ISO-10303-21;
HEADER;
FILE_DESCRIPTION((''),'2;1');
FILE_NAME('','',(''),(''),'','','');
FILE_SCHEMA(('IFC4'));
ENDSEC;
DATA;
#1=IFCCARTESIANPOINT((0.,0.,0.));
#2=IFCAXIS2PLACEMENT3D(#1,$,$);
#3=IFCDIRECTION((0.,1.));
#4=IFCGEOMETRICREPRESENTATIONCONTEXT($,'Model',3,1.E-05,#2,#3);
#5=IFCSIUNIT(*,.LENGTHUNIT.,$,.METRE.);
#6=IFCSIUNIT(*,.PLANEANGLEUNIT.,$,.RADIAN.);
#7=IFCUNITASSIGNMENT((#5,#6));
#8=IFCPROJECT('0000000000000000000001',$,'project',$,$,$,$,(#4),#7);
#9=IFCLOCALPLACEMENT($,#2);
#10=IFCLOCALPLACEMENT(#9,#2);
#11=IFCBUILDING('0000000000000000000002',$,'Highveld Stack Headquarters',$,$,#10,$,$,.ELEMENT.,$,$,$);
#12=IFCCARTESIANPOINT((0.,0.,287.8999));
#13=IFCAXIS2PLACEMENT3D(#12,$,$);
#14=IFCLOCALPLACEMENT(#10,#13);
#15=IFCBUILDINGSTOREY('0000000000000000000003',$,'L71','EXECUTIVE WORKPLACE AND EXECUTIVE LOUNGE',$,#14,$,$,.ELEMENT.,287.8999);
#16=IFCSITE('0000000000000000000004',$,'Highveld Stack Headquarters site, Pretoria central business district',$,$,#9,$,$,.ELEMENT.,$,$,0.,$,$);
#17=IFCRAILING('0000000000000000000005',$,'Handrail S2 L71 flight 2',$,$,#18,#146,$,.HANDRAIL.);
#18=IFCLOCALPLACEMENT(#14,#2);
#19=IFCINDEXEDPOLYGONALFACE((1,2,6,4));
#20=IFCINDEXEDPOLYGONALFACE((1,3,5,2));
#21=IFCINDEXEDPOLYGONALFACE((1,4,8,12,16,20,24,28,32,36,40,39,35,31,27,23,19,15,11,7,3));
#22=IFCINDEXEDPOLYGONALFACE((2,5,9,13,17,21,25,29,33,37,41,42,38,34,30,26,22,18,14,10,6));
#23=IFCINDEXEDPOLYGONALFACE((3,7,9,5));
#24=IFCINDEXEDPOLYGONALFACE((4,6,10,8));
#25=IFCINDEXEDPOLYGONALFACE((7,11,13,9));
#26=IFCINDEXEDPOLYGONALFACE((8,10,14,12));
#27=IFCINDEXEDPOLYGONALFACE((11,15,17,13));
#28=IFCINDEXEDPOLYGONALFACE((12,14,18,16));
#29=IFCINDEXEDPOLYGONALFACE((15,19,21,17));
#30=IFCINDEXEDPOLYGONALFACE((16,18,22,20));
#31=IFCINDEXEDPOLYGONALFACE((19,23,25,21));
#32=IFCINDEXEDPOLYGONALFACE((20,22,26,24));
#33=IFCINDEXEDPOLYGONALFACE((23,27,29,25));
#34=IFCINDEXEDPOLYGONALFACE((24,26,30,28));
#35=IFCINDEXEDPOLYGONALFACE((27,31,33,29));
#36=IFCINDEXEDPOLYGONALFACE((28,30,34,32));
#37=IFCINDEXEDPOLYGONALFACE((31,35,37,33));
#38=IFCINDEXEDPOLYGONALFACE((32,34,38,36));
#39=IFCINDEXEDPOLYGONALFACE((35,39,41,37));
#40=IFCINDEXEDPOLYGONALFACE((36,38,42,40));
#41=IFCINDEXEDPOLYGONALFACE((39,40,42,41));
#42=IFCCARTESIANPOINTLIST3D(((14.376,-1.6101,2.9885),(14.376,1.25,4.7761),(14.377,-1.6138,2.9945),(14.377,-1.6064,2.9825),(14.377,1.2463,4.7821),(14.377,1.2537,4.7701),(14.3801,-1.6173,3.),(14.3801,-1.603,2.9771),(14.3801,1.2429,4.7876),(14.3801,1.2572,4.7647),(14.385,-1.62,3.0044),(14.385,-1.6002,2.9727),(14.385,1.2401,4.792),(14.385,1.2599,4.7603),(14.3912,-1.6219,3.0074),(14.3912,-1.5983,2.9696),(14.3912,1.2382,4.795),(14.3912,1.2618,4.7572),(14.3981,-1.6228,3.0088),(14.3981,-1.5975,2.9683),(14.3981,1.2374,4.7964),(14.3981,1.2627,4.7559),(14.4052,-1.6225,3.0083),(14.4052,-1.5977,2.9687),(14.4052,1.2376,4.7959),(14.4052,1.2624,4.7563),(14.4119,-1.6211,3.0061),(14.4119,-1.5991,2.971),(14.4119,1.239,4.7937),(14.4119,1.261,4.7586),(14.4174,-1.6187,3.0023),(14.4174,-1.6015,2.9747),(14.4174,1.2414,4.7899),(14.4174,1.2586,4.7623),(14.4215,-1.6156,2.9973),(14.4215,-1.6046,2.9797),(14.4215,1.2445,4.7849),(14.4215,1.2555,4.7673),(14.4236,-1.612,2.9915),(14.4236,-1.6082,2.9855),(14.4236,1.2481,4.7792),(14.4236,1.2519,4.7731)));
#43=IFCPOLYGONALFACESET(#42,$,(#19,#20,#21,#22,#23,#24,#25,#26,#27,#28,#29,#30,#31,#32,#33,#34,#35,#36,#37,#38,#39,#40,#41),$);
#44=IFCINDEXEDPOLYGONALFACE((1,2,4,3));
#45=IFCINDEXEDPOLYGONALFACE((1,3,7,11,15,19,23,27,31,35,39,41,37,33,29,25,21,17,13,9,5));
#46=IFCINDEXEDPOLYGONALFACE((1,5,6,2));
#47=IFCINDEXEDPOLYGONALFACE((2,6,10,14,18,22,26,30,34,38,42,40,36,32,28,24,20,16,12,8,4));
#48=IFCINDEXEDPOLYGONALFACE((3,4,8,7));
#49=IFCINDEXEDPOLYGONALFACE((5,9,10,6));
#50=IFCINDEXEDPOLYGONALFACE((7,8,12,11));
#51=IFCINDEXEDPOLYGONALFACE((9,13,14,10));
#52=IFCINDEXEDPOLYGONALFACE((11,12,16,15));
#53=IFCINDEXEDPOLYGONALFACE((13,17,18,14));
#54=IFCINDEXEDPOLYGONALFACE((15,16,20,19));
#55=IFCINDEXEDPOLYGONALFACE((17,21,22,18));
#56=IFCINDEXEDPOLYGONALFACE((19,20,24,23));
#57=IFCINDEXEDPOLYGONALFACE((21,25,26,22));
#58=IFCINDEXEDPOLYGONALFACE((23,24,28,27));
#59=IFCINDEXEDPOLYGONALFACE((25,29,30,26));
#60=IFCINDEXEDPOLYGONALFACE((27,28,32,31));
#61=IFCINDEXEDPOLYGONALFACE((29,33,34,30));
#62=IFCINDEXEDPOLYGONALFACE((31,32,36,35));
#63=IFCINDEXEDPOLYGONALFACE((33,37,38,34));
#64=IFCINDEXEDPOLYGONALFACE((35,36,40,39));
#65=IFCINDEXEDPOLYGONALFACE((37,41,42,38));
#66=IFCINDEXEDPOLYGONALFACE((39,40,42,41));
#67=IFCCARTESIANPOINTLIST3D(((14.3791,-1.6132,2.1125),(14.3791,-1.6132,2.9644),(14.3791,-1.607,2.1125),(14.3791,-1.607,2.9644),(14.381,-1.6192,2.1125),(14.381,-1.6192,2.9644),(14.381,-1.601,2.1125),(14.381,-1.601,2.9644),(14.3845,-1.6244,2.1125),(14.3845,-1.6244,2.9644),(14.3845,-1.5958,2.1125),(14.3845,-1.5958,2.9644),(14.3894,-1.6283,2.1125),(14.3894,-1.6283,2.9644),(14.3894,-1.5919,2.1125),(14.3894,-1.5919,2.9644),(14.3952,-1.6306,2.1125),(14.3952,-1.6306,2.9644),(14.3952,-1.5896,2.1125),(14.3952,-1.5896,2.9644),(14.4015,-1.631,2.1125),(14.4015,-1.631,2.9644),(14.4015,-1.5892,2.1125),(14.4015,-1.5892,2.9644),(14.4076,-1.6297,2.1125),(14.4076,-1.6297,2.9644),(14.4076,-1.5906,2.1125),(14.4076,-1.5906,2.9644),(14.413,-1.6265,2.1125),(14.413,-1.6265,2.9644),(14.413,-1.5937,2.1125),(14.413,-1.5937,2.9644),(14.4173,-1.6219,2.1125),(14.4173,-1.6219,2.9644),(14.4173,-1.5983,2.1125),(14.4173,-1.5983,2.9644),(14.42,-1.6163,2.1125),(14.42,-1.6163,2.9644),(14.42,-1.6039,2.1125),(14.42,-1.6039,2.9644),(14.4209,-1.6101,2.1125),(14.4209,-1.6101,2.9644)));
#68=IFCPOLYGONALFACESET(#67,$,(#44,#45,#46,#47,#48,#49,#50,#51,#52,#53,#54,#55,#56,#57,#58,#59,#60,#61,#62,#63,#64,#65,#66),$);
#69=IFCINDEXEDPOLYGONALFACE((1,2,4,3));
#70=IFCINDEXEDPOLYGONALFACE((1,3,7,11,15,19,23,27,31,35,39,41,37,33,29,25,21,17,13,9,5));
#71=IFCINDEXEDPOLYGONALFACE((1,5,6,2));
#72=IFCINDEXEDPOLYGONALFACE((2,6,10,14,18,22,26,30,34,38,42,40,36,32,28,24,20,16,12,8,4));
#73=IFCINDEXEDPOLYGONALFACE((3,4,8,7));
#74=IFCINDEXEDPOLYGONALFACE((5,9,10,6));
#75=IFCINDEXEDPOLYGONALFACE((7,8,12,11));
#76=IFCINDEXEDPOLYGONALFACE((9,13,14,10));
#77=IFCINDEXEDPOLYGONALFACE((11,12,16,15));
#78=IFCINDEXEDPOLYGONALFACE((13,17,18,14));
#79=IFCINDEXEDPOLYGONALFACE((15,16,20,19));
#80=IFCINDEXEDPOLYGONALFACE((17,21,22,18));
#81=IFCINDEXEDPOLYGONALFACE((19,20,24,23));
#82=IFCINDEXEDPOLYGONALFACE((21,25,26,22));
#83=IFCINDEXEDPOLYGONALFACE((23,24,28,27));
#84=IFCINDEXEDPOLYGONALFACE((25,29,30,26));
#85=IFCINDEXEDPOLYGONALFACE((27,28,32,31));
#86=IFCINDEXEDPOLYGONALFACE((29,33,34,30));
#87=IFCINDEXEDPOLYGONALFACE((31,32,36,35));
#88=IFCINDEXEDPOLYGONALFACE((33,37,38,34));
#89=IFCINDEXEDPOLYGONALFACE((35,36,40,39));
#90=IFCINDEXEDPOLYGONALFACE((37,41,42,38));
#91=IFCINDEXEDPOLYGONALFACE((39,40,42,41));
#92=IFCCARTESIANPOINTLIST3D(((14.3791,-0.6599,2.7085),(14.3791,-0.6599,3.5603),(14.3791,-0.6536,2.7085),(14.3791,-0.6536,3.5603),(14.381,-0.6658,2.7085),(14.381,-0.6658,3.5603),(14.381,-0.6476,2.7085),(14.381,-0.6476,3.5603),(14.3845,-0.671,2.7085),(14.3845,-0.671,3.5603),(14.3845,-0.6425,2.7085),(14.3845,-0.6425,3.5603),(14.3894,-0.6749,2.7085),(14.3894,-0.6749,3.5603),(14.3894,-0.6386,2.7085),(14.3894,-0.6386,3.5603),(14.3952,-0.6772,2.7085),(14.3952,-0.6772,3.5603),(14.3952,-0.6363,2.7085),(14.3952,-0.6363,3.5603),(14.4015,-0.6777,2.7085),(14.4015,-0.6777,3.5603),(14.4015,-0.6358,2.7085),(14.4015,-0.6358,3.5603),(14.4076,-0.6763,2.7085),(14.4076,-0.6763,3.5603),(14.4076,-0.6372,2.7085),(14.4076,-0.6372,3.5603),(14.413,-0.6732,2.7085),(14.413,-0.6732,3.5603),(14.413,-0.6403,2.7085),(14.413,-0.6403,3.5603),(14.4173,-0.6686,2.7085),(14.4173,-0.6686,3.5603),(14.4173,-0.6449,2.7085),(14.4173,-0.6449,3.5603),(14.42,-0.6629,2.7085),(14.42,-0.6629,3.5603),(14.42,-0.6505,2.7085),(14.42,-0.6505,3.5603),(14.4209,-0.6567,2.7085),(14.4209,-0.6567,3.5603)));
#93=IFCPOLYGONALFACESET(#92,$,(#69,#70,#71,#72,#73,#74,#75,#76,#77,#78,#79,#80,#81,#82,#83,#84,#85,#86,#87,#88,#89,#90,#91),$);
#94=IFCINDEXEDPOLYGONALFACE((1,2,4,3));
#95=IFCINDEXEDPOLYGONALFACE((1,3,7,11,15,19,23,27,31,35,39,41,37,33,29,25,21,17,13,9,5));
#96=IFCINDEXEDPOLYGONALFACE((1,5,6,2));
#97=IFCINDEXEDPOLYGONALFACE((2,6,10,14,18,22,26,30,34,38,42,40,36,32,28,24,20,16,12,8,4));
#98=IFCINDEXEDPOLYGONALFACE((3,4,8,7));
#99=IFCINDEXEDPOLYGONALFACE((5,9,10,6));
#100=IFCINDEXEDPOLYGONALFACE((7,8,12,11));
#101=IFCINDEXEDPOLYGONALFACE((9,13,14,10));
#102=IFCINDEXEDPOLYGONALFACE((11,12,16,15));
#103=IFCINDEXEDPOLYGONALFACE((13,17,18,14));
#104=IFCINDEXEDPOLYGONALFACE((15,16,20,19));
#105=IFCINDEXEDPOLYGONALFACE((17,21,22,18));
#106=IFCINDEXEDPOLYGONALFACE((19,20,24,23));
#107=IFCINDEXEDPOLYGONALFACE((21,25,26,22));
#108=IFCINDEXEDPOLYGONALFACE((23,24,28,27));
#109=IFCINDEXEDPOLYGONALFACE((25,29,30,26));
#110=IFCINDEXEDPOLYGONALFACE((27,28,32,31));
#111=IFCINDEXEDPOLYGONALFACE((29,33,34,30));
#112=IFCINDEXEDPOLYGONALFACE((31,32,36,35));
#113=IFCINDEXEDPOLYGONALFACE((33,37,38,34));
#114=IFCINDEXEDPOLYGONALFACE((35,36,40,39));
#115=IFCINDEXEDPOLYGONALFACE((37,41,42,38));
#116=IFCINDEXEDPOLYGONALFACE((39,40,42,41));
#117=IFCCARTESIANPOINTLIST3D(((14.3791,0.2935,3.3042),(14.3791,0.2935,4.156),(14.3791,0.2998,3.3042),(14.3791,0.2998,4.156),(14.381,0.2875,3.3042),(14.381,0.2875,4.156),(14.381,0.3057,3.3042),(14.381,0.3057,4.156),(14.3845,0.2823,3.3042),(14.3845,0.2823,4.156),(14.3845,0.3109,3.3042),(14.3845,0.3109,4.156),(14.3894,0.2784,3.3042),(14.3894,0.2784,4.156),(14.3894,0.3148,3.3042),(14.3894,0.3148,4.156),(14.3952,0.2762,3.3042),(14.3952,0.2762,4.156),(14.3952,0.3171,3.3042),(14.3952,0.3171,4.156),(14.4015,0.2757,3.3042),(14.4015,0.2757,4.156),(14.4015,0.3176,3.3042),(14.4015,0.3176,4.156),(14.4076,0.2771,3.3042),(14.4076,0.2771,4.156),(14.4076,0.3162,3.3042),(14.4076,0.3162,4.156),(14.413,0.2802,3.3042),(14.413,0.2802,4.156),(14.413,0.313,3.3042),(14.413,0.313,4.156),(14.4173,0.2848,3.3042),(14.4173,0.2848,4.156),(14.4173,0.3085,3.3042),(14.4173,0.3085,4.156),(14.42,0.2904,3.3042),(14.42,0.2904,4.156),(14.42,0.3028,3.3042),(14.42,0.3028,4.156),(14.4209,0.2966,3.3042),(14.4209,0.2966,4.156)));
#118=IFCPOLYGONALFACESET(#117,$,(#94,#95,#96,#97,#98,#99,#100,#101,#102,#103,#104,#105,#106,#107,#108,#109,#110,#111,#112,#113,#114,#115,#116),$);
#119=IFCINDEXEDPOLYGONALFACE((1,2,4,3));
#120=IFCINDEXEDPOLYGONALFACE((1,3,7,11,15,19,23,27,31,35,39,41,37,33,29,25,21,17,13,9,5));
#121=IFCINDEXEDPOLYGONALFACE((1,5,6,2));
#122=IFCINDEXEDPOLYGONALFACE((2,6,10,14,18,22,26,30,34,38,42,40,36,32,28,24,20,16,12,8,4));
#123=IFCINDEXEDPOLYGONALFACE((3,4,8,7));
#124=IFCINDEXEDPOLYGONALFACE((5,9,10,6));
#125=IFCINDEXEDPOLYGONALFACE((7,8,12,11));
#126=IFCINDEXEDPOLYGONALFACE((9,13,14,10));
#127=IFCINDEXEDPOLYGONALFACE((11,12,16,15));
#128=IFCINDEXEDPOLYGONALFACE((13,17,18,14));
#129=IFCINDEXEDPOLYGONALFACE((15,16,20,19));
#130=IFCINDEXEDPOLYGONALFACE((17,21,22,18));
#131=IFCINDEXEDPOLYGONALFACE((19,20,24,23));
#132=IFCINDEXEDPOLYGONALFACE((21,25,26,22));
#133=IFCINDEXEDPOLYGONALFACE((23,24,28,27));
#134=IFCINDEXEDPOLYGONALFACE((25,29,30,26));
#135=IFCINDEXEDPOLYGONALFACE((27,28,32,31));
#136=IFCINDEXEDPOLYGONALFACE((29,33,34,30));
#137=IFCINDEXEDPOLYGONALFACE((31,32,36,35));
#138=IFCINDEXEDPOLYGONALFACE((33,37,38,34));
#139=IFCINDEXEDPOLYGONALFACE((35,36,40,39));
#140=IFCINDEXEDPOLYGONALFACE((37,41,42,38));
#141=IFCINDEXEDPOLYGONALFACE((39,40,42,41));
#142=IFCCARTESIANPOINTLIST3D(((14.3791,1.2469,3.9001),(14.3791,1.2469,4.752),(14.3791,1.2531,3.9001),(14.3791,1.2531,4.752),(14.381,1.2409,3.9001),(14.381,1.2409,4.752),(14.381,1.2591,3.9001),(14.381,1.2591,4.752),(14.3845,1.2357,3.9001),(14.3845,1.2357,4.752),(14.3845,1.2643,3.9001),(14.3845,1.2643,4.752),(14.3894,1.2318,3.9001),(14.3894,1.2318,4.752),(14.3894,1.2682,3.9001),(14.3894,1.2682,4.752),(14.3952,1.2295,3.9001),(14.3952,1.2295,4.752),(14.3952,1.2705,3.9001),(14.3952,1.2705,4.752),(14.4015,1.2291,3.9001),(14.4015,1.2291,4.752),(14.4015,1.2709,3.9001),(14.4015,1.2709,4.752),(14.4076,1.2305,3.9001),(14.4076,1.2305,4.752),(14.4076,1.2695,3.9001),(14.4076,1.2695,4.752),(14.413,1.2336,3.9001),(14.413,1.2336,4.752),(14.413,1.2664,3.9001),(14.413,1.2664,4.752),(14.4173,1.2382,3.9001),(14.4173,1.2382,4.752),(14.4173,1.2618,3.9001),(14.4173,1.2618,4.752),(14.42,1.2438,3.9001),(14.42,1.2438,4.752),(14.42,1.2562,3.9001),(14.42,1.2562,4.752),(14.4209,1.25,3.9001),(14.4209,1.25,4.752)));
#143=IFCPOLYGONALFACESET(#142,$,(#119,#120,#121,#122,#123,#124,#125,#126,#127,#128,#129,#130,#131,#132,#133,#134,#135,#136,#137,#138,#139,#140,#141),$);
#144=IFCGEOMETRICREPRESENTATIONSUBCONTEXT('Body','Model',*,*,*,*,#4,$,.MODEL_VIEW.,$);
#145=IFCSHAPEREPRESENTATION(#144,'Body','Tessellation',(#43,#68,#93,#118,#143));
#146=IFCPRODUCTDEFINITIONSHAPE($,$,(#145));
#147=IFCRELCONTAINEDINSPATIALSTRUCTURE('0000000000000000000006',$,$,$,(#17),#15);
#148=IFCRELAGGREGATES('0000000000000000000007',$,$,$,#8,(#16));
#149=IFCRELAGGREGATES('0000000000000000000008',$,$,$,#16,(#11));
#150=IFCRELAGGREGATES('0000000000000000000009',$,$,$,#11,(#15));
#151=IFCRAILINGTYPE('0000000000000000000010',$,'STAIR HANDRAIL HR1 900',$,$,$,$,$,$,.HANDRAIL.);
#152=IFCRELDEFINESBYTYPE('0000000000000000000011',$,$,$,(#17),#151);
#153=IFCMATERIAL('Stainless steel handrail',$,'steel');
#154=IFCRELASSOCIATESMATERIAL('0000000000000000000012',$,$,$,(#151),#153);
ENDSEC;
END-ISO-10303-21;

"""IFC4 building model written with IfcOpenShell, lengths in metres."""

from ifc_helpers import new_model, si_unit, direction, frame, origin, origin_2d, place, context, subcontext, project, spatial, circle, extrude, material, type_object, element, save


model = new_model("IFC4")

# Units and contexts
model_context = context("Model", 3, precision=1e-05, world=origin(), true_north=direction((0.0, 1.0)))
body_context = subcontext(model_context, "Body", "Model", "MODEL_VIEW")
ifc_project = project(units=[si_unit("LENGTHUNIT", "METRE"), si_unit("PLANEANGLEUNIT", "RADIAN")], contexts=[model_context])

# Site, building, storey
site_placement = place(None, origin())
site = spatial("IfcSite", under=ifc_project, at=site_placement, Name="Highveld Stack Headquarters site, Pretoria central business district", CompositionType="ELEMENT", RefElevation=0.0)
building_placement = place(site_placement, origin())
building = spatial("IfcBuilding", under=site, at=building_placement, Name="Highveld Stack Headquarters", CompositionType="ELEMENT")
storey_placement = place(building_placement, frame((0.0, 0.0, 287.8999)))
storey = spatial("IfcBuildingStorey", under=building, at=storey_placement, Name="L71", Description="EXECUTIVE WORKPLACE AND EXECUTIVE LOUNGE", CompositionType="ELEMENT", Elevation=287.8999)

# Railing
ifc_material_1 = material(Name="Stainless steel handrail", Category="steel")
railing_type = type_object("IfcRailingType", Name="STAIR HANDRAIL HR1 900", PredefinedType="HANDRAIL", material=ifc_material_1)
for number, where, name in (
    (1, (14.3999, -1.6101, 2.1125), "Handrail S2 L71 flight 2"),
):
    element("IfcRailing", number, at=place(storey_placement, frame(where)), inside=storey, type_object=railing_type, Name=name, PredefinedType="HANDRAIL", context=body_context, shape_type="SweptSolid", body=[
        extrude(circle(Radius=0.0239, at=origin_2d()), frame((0.0, 0.0, 0.876), z_axis=(0.0, 0.847994, 0.530005), x_axis=(-1.0, 0.0, 0.0)), (0.0, 0.0, 1.0), 3.3728),
        extrude(circle(Radius=0.021, at=origin_2d()), origin(), (0.0, 0.0, 1.0), 0.8518),
        extrude(circle(Radius=0.021, at=origin_2d()), frame((0.0, 0.9534, 0.5959)), (0.0, 0.0, 1.0), 0.8518),
        extrude(circle(Radius=0.021, at=origin_2d()), frame((0.0, 1.9067, 1.1917)), (0.0, 0.0, 1.0), 0.8518),
        extrude(circle(Radius=0.021, at=origin_2d()), frame((0.0, 2.8601, 1.7876)), (0.0, 0.0, 1.0), 0.8518),
    ])

save(model, "model.ifc")
